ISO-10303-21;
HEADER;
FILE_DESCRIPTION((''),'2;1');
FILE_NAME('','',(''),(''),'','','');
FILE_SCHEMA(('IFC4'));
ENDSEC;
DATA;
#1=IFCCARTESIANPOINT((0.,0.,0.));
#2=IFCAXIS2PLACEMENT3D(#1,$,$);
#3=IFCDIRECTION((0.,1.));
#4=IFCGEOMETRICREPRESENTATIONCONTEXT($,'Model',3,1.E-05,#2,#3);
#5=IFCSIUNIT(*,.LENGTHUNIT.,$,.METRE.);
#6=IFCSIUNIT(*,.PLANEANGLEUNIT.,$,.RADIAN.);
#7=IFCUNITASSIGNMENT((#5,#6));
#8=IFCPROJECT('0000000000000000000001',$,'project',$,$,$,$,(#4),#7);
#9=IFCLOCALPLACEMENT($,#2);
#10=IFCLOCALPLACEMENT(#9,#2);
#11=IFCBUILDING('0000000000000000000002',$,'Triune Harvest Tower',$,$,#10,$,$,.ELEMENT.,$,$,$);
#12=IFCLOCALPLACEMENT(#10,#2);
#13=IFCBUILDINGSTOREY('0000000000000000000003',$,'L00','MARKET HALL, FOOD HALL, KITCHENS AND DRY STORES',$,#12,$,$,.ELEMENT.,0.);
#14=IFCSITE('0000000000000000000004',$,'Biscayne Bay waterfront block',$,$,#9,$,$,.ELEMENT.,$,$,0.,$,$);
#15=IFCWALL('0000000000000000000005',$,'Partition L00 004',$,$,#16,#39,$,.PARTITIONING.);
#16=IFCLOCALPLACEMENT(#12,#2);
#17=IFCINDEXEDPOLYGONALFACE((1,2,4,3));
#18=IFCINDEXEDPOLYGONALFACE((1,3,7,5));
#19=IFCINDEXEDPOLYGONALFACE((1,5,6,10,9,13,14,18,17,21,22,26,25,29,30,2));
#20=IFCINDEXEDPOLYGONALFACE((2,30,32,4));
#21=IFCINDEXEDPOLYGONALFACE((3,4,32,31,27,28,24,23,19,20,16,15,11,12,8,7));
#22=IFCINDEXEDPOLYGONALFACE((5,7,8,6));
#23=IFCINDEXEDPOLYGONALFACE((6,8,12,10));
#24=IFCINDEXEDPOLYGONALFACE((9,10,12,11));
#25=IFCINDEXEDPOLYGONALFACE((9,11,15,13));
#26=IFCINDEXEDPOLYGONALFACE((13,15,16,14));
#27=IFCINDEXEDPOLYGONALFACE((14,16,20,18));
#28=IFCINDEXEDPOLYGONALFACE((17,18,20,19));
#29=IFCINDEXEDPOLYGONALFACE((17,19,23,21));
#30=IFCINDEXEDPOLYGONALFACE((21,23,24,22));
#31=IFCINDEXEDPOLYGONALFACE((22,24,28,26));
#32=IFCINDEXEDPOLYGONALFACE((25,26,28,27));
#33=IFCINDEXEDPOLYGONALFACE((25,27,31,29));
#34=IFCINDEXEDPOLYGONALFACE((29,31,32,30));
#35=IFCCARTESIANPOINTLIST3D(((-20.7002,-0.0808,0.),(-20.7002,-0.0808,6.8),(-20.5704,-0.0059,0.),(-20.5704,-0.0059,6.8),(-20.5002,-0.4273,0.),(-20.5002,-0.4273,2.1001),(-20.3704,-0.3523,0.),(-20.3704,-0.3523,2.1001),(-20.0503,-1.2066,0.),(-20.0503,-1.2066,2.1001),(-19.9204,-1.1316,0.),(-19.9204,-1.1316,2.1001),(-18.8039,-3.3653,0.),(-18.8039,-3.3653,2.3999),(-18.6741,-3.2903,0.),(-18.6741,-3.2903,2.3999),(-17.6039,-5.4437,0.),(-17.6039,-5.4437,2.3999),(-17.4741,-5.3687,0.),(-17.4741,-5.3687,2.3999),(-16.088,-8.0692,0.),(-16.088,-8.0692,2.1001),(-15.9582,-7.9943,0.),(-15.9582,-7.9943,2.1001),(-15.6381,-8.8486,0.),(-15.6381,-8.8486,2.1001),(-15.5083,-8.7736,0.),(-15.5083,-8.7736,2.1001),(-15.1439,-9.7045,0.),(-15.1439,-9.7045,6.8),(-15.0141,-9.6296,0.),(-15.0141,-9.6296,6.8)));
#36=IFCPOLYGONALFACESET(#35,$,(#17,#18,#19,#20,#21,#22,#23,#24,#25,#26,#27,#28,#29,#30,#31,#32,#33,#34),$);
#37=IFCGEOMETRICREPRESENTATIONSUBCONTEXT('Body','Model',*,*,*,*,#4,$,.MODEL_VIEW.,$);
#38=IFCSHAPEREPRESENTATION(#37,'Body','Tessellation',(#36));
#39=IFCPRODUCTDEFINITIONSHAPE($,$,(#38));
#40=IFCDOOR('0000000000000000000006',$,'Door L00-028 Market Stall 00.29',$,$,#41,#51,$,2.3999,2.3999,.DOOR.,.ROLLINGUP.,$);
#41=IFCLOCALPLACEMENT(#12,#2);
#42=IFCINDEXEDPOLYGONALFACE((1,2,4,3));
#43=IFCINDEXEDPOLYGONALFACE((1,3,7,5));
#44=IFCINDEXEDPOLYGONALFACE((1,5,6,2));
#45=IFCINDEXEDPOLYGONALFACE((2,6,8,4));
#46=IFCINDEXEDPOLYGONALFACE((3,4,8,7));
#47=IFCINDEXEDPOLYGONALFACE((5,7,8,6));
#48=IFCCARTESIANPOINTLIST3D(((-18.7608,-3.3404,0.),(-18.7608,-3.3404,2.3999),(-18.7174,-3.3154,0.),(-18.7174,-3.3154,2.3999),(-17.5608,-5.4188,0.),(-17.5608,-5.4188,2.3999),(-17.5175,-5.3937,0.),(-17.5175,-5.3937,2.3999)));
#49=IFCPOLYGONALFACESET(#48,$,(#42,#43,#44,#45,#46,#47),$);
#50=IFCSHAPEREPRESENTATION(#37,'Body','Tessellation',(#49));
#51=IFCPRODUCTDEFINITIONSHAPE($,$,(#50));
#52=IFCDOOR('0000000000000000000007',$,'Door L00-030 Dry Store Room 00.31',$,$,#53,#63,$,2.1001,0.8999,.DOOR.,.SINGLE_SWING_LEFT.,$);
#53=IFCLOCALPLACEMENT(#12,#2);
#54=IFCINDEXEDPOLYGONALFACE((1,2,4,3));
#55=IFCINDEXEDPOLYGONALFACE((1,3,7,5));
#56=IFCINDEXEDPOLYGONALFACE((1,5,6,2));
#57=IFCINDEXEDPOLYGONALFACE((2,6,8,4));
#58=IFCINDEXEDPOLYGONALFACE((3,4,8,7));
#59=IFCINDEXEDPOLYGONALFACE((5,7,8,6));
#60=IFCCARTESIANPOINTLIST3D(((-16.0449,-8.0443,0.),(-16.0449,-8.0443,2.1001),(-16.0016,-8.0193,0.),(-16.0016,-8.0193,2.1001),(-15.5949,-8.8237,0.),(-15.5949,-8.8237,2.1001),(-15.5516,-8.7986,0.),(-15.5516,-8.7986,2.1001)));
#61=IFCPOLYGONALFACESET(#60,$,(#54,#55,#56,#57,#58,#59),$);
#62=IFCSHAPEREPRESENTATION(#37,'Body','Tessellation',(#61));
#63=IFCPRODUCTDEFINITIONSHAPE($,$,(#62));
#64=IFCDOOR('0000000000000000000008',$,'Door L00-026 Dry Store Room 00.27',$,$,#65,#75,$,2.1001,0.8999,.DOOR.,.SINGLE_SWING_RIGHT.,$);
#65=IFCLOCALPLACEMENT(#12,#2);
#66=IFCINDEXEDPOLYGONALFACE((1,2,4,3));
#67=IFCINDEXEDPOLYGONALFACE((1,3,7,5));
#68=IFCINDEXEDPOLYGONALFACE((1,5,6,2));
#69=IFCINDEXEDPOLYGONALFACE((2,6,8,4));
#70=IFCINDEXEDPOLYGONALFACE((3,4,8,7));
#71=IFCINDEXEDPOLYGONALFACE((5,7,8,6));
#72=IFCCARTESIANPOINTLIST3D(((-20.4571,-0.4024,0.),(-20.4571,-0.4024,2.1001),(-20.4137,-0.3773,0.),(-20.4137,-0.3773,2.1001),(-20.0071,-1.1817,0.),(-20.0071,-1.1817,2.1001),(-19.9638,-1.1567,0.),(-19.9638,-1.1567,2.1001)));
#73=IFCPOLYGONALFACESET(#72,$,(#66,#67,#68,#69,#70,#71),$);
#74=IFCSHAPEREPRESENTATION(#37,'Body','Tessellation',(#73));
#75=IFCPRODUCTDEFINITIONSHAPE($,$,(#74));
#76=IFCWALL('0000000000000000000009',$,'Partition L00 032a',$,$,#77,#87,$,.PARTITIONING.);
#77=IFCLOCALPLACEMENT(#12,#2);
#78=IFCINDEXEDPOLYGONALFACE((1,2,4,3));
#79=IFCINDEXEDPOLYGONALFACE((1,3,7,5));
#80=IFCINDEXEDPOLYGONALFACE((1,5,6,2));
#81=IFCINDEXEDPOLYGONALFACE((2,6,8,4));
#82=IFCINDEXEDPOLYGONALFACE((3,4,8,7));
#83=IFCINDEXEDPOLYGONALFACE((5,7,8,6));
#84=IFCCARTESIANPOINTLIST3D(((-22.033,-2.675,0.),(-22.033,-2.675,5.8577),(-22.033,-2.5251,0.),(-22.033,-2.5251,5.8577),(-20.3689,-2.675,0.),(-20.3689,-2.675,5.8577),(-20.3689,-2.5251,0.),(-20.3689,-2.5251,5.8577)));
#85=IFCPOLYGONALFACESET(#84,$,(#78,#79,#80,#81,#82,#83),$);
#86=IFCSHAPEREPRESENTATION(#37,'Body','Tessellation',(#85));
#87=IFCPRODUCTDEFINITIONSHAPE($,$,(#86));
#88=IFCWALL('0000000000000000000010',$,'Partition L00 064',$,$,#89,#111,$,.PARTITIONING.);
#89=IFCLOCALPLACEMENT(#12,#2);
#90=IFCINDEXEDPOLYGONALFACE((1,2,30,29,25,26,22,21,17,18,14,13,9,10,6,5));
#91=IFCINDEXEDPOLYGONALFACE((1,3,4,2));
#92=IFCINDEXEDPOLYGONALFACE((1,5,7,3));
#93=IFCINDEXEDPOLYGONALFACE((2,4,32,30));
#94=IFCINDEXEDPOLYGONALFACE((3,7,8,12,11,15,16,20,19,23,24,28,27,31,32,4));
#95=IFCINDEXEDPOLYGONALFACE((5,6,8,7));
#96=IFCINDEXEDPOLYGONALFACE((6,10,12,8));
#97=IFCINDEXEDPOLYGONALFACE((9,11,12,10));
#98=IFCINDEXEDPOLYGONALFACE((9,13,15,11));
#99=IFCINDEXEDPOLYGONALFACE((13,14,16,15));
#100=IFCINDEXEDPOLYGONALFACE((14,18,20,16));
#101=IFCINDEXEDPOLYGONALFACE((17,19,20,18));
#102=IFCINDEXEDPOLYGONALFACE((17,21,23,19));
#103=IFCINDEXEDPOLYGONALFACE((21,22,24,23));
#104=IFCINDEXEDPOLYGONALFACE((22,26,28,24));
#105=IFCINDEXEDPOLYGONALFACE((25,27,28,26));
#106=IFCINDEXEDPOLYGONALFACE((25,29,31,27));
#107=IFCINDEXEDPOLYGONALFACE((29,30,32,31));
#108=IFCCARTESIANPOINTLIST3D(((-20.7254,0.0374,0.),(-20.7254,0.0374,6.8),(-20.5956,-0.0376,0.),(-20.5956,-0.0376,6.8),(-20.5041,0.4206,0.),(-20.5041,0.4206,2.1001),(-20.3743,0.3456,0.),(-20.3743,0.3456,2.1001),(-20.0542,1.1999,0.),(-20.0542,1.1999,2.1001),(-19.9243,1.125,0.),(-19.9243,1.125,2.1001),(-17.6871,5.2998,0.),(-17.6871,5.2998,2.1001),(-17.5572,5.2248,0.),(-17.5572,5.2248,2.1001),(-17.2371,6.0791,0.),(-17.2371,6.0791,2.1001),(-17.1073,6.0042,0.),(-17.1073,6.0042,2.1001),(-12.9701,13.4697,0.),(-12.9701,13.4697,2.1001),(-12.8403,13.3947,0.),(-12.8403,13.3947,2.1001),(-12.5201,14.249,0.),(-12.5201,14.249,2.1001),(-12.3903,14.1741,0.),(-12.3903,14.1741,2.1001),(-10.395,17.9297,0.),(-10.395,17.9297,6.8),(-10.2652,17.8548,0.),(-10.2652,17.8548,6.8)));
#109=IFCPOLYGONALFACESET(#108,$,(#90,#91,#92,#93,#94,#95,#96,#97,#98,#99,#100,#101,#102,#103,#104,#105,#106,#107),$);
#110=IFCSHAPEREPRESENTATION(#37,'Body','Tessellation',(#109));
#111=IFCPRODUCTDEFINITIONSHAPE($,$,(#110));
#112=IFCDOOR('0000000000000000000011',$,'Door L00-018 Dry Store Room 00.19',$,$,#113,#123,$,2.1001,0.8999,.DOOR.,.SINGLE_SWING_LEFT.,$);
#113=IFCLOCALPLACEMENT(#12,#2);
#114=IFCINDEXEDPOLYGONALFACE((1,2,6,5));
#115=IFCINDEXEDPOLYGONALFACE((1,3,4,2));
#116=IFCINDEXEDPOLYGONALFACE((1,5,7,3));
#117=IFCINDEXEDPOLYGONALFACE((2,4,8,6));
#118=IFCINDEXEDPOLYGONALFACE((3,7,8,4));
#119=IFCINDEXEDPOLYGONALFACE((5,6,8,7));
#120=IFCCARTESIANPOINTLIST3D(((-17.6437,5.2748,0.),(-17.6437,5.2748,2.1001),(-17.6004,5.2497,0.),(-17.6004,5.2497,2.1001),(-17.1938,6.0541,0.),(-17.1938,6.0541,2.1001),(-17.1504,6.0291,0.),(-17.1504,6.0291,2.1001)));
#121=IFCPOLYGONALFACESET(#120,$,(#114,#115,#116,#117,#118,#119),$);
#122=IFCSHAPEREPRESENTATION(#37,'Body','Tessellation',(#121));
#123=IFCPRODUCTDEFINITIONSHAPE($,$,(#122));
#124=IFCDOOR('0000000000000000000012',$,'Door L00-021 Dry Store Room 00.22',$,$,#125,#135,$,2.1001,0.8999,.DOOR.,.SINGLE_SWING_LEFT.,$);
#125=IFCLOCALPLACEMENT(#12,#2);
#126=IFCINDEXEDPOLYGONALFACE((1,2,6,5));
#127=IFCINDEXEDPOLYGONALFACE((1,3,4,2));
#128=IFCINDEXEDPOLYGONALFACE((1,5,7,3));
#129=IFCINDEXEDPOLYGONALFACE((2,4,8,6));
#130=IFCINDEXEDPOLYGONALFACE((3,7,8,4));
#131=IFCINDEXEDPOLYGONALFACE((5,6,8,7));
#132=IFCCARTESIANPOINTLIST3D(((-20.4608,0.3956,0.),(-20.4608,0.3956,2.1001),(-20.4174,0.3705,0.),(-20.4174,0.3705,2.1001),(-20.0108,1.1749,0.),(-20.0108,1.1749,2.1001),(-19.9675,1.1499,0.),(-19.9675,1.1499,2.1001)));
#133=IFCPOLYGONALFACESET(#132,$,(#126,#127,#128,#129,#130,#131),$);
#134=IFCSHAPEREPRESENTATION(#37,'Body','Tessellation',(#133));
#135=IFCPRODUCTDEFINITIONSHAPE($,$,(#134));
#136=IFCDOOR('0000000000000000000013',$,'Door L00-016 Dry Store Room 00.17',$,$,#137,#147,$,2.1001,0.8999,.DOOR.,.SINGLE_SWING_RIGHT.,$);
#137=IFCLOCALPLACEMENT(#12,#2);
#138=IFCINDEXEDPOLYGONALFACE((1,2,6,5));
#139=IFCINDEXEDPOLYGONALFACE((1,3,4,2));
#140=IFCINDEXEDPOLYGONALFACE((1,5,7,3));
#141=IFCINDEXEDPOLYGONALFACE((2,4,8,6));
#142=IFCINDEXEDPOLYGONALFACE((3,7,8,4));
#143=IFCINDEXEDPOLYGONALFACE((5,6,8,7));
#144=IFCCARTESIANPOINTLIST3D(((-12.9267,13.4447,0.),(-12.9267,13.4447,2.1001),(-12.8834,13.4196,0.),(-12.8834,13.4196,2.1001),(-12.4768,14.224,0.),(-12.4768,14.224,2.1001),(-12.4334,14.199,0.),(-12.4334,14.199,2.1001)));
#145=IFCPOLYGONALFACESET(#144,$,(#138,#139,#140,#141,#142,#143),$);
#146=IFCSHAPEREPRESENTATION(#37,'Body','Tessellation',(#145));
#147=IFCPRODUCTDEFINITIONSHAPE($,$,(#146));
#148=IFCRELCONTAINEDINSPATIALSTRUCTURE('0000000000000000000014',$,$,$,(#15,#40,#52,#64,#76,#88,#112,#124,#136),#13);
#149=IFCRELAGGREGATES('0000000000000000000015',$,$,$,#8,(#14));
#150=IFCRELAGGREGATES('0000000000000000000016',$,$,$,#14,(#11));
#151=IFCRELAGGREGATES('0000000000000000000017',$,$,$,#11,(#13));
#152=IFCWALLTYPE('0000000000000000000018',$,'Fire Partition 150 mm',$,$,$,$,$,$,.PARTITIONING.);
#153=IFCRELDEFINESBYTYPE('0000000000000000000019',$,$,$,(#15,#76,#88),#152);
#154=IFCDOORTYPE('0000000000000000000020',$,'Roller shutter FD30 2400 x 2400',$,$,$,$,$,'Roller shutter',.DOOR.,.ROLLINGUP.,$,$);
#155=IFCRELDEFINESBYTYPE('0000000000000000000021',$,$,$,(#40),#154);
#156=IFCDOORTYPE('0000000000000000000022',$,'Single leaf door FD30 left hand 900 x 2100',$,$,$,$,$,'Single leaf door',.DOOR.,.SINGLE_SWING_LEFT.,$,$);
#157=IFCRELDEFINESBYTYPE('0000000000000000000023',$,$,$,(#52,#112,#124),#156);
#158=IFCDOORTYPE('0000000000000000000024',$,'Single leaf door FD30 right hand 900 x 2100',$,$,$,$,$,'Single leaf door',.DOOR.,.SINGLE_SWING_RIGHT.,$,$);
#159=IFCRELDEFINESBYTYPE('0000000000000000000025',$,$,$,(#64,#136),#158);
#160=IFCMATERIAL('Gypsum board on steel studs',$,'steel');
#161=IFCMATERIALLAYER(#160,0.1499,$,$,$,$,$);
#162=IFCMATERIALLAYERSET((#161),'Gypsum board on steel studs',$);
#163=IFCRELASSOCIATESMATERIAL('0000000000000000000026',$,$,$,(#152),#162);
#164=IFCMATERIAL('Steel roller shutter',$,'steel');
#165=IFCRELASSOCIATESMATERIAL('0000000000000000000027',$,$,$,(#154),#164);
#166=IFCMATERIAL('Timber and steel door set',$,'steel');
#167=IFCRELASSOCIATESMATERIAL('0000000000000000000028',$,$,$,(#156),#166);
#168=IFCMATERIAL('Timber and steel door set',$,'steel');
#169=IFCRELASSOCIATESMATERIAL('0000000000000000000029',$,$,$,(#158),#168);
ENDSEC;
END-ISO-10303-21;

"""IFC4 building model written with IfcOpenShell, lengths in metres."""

from ifc_helpers import new_model, si_unit, direction, frame, frame_2d, origin, place, context, subcontext, project, spatial, rectangle, extrude, material, layer, layer_set, type_object, element, fill, save


model = new_model("IFC4")

# Units and contexts
model_context = context("Model", 3, precision=1e-05, world=origin(), true_north=direction((0.0, 1.0)))
body_context = subcontext(model_context, "Body", "Model", "MODEL_VIEW")
ifc_project = project(units=[si_unit("LENGTHUNIT", "METRE"), si_unit("PLANEANGLEUNIT", "RADIAN")], contexts=[model_context])

# Site, building, storey
site_placement = place(None, origin())
site = spatial("IfcSite", under=ifc_project, at=site_placement, Name="Biscayne Bay waterfront block", CompositionType="ELEMENT", RefElevation=0.0)
building_placement = place(site_placement, origin())
building = spatial("IfcBuilding", under=site, at=building_placement, Name="Triune Harvest Tower", CompositionType="ELEMENT")
storey_placement = place(building_placement, origin())
storey = spatial("IfcBuildingStorey", under=building, at=storey_placement, Name="L00", Description="MARKET HALL, FOOD HALL, KITCHENS AND DRY STORES", CompositionType="ELEMENT", Elevation=0.0)

# Wall, openings, doors
ifc_material_1 = material(Name="Gypsum board on steel studs", Category="steel")
ifc_layer = layer(ifc_material_1, 0.1499)
ifc_layer_set = layer_set([ifc_layer], Name="Gypsum board on steel studs")
wall_type = type_object("IfcWallType", Name="Fire Partition 150 mm", PredefinedType="PARTITIONING", material=ifc_layer_set)
wall_1_placement = place(storey_placement, frame((-20.6353, -0.0435, 0.0), z_axis=(0.0, 0.0, 1.0), x_axis=(0.500007, -0.866021, 0.0)))
wall_1 = element("IfcWall", 1, at=wall_1_placement, inside=storey, type_object=wall_type, Name="Partition L00 004", PredefinedType="PARTITIONING", context=body_context, shape_type="SweptSolid", body=[
    extrude(rectangle(XDim=11.1125, YDim=0.1499, at=frame_2d((5.5562, 0.0))), origin(), (0.0, 0.0, 1.0), 6.8),
])
opening_1_placement = place(wall_1_placement, frame((0.3999, 0.0, 0.0)))
opening_1 = element("IfcOpeningElement", 2, at=opening_1_placement, cuts=wall_1, PredefinedType="OPENING", context=body_context, shape_type="SweptSolid", body=[
    extrude(rectangle(XDim=0.8999, YDim=2.1001, at=frame_2d((0.45, 1.05))), frame((0.0, 0.085, 0.0), z_axis=(0.0, -1.0, 0.0), x_axis=(1.0, 0.0, 0.0)), (0.0, 0.0, 1.0), 0.1699),
])
opening_2_placement = place(wall_1_placement, frame((3.7925, 0.0, 0.0)))
opening_2 = element("IfcOpeningElement", 3, at=opening_2_placement, cuts=wall_1, PredefinedType="OPENING", context=body_context, shape_type="SweptSolid", body=[
    extrude(rectangle(XDim=2.3999, YDim=2.3999, at=frame_2d((1.2, 1.2))), frame((0.0, 0.085, 0.0), z_axis=(0.0, -1.0, 0.0), x_axis=(1.0, 0.0, 0.0)), (0.0, 0.0, 1.0), 0.1699),
])
opening_3_placement = place(wall_1_placement, frame((9.2241, 0.0, 0.0)))
opening_3 = element("IfcOpeningElement", 4, at=opening_3_placement, cuts=wall_1, PredefinedType="OPENING", context=body_context, shape_type="SweptSolid", body=[
    extrude(rectangle(XDim=0.8999, YDim=2.1001, at=frame_2d((0.45, 1.05))), frame((0.0, 0.085, 0.0), z_axis=(0.0, -1.0, 0.0), x_axis=(1.0, 0.0, 0.0)), (0.0, 0.0, 1.0), 0.1699),
])
ifc_material_2 = material(Name="Steel roller shutter", Category="steel")
door_type_1 = type_object("IfcDoorType", Name="Roller shutter FD30 2400 x 2400", ElementType="Roller shutter", OperationType="ROLLINGUP", PredefinedType="DOOR", material=ifc_material_2)
door_1_placement = place(opening_2_placement, origin())
door_1 = element("IfcDoor", 5, at=door_1_placement, inside=storey, type_object=door_type_1, Name="Door L00-028 Market Stall 00.29", OperationType="ROLLINGUP", OverallHeight=2.3999, OverallWidth=2.3999, PredefinedType="DOOR", context=body_context, shape_type="SweptSolid", body=[
    extrude(rectangle(XDim=2.3999, YDim=2.3999, at=frame_2d((1.2, 1.2))), frame((0.0, 0.0249, 0.0), z_axis=(0.0, -1.0, 0.0), x_axis=(1.0, 0.0, 0.0)), (0.0, 0.0, 1.0), 0.05),
])
fill(opening_2, door_1)
ifc_material_3 = material(Name="Timber and steel door set", Category="steel")
door_type_2 = type_object("IfcDoorType", Name="Single leaf door FD30 left hand 900 x 2100", ElementType="Single leaf door", OperationType="SINGLE_SWING_LEFT", PredefinedType="DOOR", material=ifc_material_3)
door_2_placement = place(opening_3_placement, origin())
door_2 = element("IfcDoor", 6, at=door_2_placement, inside=storey, type_object=door_type_2, Name="Door L00-030 Dry Store Room 00.31", OperationType="SINGLE_SWING_LEFT", OverallHeight=2.1001, OverallWidth=0.8999, PredefinedType="DOOR", context=body_context, shape_type="SweptSolid", body=[
    extrude(rectangle(XDim=0.8999, YDim=2.1001, at=frame_2d((0.45, 1.05))), frame((0.0, 0.0249, 0.0), z_axis=(0.0, -1.0, 0.0), x_axis=(1.0, 0.0, 0.0)), (0.0, 0.0, 1.0), 0.05),
])
fill(opening_3, door_2)
ifc_material_4 = material(Name="Timber and steel door set", Category="steel")
door_type_3 = type_object("IfcDoorType", Name="Single leaf door FD30 right hand 900 x 2100", ElementType="Single leaf door", OperationType="SINGLE_SWING_RIGHT", PredefinedType="DOOR", material=ifc_material_4)
door_3_placement = place(opening_1_placement, origin())
door_3 = element("IfcDoor", 7, at=door_3_placement, inside=storey, type_object=door_type_3, Name="Door L00-026 Dry Store Room 00.27", OperationType="SINGLE_SWING_RIGHT", OverallHeight=2.1001, OverallWidth=0.8999, PredefinedType="DOOR", context=body_context, shape_type="SweptSolid", body=[
    extrude(rectangle(XDim=0.8999, YDim=2.1001, at=frame_2d((0.45, 1.05))), frame((0.0, 0.0249, 0.0), z_axis=(0.0, -1.0, 0.0), x_axis=(1.0, 0.0, 0.0)), (0.0, 0.0, 1.0), 0.05),
])
fill(opening_1, door_3)

# Wall
wall_2_placement = place(storey_placement, frame((-22.033, -2.6001, 0.0), z_axis=(0.0, 0.0, 1.0), x_axis=(1.0, 0.0, 0.0)))
element("IfcWall", 8, at=wall_2_placement, inside=storey, type_object=wall_type, Name="Partition L00 032a", PredefinedType="PARTITIONING", context=body_context, shape_type="SweptSolid", body=[
    extrude(rectangle(XDim=1.6641, YDim=0.1499, at=frame_2d((0.832, 0.0))), origin(), (0.0, 0.0, 1.0), 5.8577),
])

# Wall, openings, doors
wall_3_placement = place(storey_placement, frame((-20.6604, 0.0, 0.0), z_axis=(0.0, 0.0, 1.0), x_axis=(0.500006, 0.866022, 0.0)))
wall_3 = element("IfcWall", 9, at=wall_3_placement, inside=storey, type_object=wall_type, Name="Partition L00 064", PredefinedType="PARTITIONING", context=body_context, shape_type="SweptSolid", body=[
    extrude(rectangle(XDim=20.6604, YDim=0.1499, at=frame_2d((10.3301, 0.0))), origin(), (0.0, 0.0, 1.0), 6.8),
])
opening_4_placement = place(wall_3_placement, frame((15.5103, 0.0, 0.0)))
opening_4 = element("IfcOpeningElement", 10, at=opening_4_placement, cuts=wall_3, PredefinedType="OPENING", context=body_context, shape_type="SweptSolid", body=[
    extrude(rectangle(XDim=0.8999, YDim=2.1001, at=frame_2d((0.45, 1.05))), frame((0.0, 0.085, 0.0), z_axis=(0.0, -1.0, 0.0), x_axis=(1.0, 0.0, 0.0)), (0.0, 0.0, 1.0), 0.1699),
])
opening_5_placement = place(wall_3_placement, frame((6.0764, 0.0, 0.0)))
opening_5 = element("IfcOpeningElement", 11, at=opening_5_placement, cuts=wall_3, PredefinedType="OPENING", context=body_context, shape_type="SweptSolid", body=[
    extrude(rectangle(XDim=0.8999, YDim=2.1001, at=frame_2d((0.45, 1.05))), frame((0.0, 0.085, 0.0), z_axis=(0.0, -1.0, 0.0), x_axis=(1.0, 0.0, 0.0)), (0.0, 0.0, 1.0), 0.1699),
])
opening_6_placement = place(wall_3_placement, frame((0.4424, 0.0, 0.0)))
opening_6 = element("IfcOpeningElement", 12, at=opening_6_placement, cuts=wall_3, PredefinedType="OPENING", context=body_context, shape_type="SweptSolid", body=[
    extrude(rectangle(XDim=0.8999, YDim=2.1001, at=frame_2d((0.45, 1.05))), frame((0.0, 0.085, 0.0), z_axis=(0.0, -1.0, 0.0), x_axis=(1.0, 0.0, 0.0)), (0.0, 0.0, 1.0), 0.1699),
])
door_4_placement = place(opening_5_placement, origin())
door_4 = element("IfcDoor", 13, at=door_4_placement, inside=storey, type_object=door_type_2, Name="Door L00-018 Dry Store Room 00.19", OperationType="SINGLE_SWING_LEFT", OverallHeight=2.1001, OverallWidth=0.8999, PredefinedType="DOOR", context=body_context, shape_type="SweptSolid", body=[
    extrude(rectangle(XDim=0.8999, YDim=2.1001, at=frame_2d((0.45, 1.05))), frame((0.0, 0.0249, 0.0), z_axis=(0.0, -1.0, 0.0), x_axis=(1.0, 0.0, 0.0)), (0.0, 0.0, 1.0), 0.05),
])
fill(opening_5, door_4)
door_5_placement = place(opening_6_placement, origin())
door_5 = element("IfcDoor", 14, at=door_5_placement, inside=storey, type_object=door_type_2, Name="Door L00-021 Dry Store Room 00.22", OperationType="SINGLE_SWING_LEFT", OverallHeight=2.1001, OverallWidth=0.8999, PredefinedType="DOOR", context=body_context, shape_type="SweptSolid", body=[
    extrude(rectangle(XDim=0.8999, YDim=2.1001, at=frame_2d((0.45, 1.05))), frame((0.0, 0.0249, 0.0), z_axis=(0.0, -1.0, 0.0), x_axis=(1.0, 0.0, 0.0)), (0.0, 0.0, 1.0), 0.05),
])
fill(opening_6, door_5)
door_6_placement = place(opening_4_placement, origin())
door_6 = element("IfcDoor", 15, at=door_6_placement, inside=storey, type_object=door_type_3, Name="Door L00-016 Dry Store Room 00.17", OperationType="SINGLE_SWING_RIGHT", OverallHeight=2.1001, OverallWidth=0.8999, PredefinedType="DOOR", context=body_context, shape_type="SweptSolid", body=[
    extrude(rectangle(XDim=0.8999, YDim=2.1001, at=frame_2d((0.45, 1.05))), frame((0.0, 0.0249, 0.0), z_axis=(0.0, -1.0, 0.0), x_axis=(1.0, 0.0, 0.0)), (0.0, 0.0, 1.0), 0.05),
])
fill(opening_4, door_6)

save(model, "model.ifc")
